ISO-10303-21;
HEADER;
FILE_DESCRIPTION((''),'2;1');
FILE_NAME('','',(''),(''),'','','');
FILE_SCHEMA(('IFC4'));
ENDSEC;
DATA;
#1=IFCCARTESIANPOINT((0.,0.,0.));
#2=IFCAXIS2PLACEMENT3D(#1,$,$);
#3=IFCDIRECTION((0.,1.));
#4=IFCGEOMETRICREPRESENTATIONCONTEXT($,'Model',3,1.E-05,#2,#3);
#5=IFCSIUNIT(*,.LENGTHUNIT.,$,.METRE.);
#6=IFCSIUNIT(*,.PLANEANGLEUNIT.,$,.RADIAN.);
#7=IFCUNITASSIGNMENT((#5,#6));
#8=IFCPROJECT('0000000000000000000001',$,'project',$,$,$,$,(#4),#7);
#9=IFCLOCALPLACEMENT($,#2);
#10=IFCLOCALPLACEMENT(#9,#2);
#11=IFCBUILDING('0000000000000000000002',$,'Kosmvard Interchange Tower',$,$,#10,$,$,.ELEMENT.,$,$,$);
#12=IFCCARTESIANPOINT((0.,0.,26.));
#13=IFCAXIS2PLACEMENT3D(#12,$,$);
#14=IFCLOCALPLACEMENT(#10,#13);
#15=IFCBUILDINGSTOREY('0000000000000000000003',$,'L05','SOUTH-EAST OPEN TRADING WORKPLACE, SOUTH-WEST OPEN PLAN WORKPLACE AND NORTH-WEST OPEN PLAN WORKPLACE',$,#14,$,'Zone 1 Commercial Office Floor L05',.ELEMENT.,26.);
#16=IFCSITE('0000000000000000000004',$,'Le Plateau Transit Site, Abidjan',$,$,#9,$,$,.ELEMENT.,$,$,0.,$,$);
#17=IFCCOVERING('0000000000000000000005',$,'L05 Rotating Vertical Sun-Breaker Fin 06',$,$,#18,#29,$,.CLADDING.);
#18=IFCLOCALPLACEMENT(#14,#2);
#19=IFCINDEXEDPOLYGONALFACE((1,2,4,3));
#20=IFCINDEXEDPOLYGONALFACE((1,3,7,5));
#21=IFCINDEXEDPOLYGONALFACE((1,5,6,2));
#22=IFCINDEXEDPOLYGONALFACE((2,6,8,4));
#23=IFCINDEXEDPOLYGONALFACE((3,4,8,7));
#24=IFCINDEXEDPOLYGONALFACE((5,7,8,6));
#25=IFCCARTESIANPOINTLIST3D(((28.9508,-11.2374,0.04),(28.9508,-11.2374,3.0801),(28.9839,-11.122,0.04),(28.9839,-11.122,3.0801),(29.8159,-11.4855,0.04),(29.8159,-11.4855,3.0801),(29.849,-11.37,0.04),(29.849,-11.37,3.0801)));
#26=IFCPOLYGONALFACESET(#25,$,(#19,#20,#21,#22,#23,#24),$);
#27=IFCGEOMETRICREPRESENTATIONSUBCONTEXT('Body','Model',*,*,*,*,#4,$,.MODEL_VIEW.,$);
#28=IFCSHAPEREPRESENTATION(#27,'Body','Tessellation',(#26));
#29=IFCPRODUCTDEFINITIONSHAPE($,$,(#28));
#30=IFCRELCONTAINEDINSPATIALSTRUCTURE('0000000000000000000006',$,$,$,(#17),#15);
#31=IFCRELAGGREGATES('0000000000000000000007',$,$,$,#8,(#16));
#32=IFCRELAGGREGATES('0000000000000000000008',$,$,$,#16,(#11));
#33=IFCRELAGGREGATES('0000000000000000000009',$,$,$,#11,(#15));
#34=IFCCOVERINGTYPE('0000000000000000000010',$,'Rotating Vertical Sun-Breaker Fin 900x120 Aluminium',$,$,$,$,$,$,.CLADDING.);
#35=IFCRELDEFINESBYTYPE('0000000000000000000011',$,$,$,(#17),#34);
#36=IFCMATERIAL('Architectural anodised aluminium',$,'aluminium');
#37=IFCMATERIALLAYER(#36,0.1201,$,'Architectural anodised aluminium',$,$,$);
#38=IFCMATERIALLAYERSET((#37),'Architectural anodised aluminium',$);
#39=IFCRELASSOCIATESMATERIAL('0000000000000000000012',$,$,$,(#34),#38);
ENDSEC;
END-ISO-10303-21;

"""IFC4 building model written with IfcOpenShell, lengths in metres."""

from ifc_helpers import new_model, si_unit, direction, frame, origin, origin_2d, place, context, subcontext, project, spatial, rectangle, extrude, source, transform, mapped, material, layer, layer_set, type_object, element, save


model = new_model("IFC4")

# Units and contexts
model_context = context("Model", 3, precision=1e-05, world=origin(), true_north=direction((0.0, 1.0)))
body_context = subcontext(model_context, "Body", "Model", "MODEL_VIEW")
ifc_project = project(units=[si_unit("LENGTHUNIT", "METRE"), si_unit("PLANEANGLEUNIT", "RADIAN")], contexts=[model_context])

# Site, building, storey
site_placement = place(None, origin())
site = spatial("IfcSite", under=ifc_project, at=site_placement, Name="Le Plateau Transit Site, Abidjan", CompositionType="ELEMENT", RefElevation=0.0)
building_placement = place(site_placement, origin())
building = spatial("IfcBuilding", under=site, at=building_placement, Name="Kosmvard Interchange Tower", CompositionType="ELEMENT")
storey_placement = place(building_placement, frame((0.0, 0.0, 26.0)))
storey = spatial("IfcBuildingStorey", under=building, at=storey_placement, Name="L05", Description="SOUTH-EAST OPEN TRADING WORKPLACE, SOUTH-WEST OPEN PLAN WORKPLACE AND NORTH-WEST OPEN PLAN WORKPLACE", LongName="Zone 1 Commercial Office Floor L05", CompositionType="ELEMENT", Elevation=26.0)

# Covering
ifc_material_1 = material(Name="Architectural anodised aluminium", Category="aluminium")
ifc_layer_1 = layer(ifc_material_1, 0.1201, Name="Architectural anodised aluminium")
ifc_layer_set_1 = layer_set([ifc_layer_1], Name="Architectural anodised aluminium")
covering_type = type_object("IfcCoveringType", Name="Rotating Vertical Sun-Breaker Fin 900x120 Aluminium", PredefinedType="CLADDING", material=ifc_layer_set_1)
shared_shape_1 = source(origin(), body_context, "Body", "SweptSolid", [
    extrude(rectangle(XDim=0.8999, YDim=0.1201, at=origin_2d()), origin(), (0.0, 0.0, 1.0), 3.04),
])
covering_placement = place(storey_placement, frame((29.3999, -11.3037, 0.04), z_axis=(0.0, 0.0, 1.0), x_axis=(0.961262, -0.275637, 0.0)))
element("IfcCovering", 1, at=covering_placement, inside=storey, type_object=covering_type, Name="L05 Rotating Vertical Sun-Breaker Fin 06", PredefinedType="CLADDING", context=body_context, shape_type="MappedRepresentation", body=[
    mapped(shared_shape_1, transform((0.0, 0.0, 0.0), scale=1.0)),
])

save(model, "model.ifc")
